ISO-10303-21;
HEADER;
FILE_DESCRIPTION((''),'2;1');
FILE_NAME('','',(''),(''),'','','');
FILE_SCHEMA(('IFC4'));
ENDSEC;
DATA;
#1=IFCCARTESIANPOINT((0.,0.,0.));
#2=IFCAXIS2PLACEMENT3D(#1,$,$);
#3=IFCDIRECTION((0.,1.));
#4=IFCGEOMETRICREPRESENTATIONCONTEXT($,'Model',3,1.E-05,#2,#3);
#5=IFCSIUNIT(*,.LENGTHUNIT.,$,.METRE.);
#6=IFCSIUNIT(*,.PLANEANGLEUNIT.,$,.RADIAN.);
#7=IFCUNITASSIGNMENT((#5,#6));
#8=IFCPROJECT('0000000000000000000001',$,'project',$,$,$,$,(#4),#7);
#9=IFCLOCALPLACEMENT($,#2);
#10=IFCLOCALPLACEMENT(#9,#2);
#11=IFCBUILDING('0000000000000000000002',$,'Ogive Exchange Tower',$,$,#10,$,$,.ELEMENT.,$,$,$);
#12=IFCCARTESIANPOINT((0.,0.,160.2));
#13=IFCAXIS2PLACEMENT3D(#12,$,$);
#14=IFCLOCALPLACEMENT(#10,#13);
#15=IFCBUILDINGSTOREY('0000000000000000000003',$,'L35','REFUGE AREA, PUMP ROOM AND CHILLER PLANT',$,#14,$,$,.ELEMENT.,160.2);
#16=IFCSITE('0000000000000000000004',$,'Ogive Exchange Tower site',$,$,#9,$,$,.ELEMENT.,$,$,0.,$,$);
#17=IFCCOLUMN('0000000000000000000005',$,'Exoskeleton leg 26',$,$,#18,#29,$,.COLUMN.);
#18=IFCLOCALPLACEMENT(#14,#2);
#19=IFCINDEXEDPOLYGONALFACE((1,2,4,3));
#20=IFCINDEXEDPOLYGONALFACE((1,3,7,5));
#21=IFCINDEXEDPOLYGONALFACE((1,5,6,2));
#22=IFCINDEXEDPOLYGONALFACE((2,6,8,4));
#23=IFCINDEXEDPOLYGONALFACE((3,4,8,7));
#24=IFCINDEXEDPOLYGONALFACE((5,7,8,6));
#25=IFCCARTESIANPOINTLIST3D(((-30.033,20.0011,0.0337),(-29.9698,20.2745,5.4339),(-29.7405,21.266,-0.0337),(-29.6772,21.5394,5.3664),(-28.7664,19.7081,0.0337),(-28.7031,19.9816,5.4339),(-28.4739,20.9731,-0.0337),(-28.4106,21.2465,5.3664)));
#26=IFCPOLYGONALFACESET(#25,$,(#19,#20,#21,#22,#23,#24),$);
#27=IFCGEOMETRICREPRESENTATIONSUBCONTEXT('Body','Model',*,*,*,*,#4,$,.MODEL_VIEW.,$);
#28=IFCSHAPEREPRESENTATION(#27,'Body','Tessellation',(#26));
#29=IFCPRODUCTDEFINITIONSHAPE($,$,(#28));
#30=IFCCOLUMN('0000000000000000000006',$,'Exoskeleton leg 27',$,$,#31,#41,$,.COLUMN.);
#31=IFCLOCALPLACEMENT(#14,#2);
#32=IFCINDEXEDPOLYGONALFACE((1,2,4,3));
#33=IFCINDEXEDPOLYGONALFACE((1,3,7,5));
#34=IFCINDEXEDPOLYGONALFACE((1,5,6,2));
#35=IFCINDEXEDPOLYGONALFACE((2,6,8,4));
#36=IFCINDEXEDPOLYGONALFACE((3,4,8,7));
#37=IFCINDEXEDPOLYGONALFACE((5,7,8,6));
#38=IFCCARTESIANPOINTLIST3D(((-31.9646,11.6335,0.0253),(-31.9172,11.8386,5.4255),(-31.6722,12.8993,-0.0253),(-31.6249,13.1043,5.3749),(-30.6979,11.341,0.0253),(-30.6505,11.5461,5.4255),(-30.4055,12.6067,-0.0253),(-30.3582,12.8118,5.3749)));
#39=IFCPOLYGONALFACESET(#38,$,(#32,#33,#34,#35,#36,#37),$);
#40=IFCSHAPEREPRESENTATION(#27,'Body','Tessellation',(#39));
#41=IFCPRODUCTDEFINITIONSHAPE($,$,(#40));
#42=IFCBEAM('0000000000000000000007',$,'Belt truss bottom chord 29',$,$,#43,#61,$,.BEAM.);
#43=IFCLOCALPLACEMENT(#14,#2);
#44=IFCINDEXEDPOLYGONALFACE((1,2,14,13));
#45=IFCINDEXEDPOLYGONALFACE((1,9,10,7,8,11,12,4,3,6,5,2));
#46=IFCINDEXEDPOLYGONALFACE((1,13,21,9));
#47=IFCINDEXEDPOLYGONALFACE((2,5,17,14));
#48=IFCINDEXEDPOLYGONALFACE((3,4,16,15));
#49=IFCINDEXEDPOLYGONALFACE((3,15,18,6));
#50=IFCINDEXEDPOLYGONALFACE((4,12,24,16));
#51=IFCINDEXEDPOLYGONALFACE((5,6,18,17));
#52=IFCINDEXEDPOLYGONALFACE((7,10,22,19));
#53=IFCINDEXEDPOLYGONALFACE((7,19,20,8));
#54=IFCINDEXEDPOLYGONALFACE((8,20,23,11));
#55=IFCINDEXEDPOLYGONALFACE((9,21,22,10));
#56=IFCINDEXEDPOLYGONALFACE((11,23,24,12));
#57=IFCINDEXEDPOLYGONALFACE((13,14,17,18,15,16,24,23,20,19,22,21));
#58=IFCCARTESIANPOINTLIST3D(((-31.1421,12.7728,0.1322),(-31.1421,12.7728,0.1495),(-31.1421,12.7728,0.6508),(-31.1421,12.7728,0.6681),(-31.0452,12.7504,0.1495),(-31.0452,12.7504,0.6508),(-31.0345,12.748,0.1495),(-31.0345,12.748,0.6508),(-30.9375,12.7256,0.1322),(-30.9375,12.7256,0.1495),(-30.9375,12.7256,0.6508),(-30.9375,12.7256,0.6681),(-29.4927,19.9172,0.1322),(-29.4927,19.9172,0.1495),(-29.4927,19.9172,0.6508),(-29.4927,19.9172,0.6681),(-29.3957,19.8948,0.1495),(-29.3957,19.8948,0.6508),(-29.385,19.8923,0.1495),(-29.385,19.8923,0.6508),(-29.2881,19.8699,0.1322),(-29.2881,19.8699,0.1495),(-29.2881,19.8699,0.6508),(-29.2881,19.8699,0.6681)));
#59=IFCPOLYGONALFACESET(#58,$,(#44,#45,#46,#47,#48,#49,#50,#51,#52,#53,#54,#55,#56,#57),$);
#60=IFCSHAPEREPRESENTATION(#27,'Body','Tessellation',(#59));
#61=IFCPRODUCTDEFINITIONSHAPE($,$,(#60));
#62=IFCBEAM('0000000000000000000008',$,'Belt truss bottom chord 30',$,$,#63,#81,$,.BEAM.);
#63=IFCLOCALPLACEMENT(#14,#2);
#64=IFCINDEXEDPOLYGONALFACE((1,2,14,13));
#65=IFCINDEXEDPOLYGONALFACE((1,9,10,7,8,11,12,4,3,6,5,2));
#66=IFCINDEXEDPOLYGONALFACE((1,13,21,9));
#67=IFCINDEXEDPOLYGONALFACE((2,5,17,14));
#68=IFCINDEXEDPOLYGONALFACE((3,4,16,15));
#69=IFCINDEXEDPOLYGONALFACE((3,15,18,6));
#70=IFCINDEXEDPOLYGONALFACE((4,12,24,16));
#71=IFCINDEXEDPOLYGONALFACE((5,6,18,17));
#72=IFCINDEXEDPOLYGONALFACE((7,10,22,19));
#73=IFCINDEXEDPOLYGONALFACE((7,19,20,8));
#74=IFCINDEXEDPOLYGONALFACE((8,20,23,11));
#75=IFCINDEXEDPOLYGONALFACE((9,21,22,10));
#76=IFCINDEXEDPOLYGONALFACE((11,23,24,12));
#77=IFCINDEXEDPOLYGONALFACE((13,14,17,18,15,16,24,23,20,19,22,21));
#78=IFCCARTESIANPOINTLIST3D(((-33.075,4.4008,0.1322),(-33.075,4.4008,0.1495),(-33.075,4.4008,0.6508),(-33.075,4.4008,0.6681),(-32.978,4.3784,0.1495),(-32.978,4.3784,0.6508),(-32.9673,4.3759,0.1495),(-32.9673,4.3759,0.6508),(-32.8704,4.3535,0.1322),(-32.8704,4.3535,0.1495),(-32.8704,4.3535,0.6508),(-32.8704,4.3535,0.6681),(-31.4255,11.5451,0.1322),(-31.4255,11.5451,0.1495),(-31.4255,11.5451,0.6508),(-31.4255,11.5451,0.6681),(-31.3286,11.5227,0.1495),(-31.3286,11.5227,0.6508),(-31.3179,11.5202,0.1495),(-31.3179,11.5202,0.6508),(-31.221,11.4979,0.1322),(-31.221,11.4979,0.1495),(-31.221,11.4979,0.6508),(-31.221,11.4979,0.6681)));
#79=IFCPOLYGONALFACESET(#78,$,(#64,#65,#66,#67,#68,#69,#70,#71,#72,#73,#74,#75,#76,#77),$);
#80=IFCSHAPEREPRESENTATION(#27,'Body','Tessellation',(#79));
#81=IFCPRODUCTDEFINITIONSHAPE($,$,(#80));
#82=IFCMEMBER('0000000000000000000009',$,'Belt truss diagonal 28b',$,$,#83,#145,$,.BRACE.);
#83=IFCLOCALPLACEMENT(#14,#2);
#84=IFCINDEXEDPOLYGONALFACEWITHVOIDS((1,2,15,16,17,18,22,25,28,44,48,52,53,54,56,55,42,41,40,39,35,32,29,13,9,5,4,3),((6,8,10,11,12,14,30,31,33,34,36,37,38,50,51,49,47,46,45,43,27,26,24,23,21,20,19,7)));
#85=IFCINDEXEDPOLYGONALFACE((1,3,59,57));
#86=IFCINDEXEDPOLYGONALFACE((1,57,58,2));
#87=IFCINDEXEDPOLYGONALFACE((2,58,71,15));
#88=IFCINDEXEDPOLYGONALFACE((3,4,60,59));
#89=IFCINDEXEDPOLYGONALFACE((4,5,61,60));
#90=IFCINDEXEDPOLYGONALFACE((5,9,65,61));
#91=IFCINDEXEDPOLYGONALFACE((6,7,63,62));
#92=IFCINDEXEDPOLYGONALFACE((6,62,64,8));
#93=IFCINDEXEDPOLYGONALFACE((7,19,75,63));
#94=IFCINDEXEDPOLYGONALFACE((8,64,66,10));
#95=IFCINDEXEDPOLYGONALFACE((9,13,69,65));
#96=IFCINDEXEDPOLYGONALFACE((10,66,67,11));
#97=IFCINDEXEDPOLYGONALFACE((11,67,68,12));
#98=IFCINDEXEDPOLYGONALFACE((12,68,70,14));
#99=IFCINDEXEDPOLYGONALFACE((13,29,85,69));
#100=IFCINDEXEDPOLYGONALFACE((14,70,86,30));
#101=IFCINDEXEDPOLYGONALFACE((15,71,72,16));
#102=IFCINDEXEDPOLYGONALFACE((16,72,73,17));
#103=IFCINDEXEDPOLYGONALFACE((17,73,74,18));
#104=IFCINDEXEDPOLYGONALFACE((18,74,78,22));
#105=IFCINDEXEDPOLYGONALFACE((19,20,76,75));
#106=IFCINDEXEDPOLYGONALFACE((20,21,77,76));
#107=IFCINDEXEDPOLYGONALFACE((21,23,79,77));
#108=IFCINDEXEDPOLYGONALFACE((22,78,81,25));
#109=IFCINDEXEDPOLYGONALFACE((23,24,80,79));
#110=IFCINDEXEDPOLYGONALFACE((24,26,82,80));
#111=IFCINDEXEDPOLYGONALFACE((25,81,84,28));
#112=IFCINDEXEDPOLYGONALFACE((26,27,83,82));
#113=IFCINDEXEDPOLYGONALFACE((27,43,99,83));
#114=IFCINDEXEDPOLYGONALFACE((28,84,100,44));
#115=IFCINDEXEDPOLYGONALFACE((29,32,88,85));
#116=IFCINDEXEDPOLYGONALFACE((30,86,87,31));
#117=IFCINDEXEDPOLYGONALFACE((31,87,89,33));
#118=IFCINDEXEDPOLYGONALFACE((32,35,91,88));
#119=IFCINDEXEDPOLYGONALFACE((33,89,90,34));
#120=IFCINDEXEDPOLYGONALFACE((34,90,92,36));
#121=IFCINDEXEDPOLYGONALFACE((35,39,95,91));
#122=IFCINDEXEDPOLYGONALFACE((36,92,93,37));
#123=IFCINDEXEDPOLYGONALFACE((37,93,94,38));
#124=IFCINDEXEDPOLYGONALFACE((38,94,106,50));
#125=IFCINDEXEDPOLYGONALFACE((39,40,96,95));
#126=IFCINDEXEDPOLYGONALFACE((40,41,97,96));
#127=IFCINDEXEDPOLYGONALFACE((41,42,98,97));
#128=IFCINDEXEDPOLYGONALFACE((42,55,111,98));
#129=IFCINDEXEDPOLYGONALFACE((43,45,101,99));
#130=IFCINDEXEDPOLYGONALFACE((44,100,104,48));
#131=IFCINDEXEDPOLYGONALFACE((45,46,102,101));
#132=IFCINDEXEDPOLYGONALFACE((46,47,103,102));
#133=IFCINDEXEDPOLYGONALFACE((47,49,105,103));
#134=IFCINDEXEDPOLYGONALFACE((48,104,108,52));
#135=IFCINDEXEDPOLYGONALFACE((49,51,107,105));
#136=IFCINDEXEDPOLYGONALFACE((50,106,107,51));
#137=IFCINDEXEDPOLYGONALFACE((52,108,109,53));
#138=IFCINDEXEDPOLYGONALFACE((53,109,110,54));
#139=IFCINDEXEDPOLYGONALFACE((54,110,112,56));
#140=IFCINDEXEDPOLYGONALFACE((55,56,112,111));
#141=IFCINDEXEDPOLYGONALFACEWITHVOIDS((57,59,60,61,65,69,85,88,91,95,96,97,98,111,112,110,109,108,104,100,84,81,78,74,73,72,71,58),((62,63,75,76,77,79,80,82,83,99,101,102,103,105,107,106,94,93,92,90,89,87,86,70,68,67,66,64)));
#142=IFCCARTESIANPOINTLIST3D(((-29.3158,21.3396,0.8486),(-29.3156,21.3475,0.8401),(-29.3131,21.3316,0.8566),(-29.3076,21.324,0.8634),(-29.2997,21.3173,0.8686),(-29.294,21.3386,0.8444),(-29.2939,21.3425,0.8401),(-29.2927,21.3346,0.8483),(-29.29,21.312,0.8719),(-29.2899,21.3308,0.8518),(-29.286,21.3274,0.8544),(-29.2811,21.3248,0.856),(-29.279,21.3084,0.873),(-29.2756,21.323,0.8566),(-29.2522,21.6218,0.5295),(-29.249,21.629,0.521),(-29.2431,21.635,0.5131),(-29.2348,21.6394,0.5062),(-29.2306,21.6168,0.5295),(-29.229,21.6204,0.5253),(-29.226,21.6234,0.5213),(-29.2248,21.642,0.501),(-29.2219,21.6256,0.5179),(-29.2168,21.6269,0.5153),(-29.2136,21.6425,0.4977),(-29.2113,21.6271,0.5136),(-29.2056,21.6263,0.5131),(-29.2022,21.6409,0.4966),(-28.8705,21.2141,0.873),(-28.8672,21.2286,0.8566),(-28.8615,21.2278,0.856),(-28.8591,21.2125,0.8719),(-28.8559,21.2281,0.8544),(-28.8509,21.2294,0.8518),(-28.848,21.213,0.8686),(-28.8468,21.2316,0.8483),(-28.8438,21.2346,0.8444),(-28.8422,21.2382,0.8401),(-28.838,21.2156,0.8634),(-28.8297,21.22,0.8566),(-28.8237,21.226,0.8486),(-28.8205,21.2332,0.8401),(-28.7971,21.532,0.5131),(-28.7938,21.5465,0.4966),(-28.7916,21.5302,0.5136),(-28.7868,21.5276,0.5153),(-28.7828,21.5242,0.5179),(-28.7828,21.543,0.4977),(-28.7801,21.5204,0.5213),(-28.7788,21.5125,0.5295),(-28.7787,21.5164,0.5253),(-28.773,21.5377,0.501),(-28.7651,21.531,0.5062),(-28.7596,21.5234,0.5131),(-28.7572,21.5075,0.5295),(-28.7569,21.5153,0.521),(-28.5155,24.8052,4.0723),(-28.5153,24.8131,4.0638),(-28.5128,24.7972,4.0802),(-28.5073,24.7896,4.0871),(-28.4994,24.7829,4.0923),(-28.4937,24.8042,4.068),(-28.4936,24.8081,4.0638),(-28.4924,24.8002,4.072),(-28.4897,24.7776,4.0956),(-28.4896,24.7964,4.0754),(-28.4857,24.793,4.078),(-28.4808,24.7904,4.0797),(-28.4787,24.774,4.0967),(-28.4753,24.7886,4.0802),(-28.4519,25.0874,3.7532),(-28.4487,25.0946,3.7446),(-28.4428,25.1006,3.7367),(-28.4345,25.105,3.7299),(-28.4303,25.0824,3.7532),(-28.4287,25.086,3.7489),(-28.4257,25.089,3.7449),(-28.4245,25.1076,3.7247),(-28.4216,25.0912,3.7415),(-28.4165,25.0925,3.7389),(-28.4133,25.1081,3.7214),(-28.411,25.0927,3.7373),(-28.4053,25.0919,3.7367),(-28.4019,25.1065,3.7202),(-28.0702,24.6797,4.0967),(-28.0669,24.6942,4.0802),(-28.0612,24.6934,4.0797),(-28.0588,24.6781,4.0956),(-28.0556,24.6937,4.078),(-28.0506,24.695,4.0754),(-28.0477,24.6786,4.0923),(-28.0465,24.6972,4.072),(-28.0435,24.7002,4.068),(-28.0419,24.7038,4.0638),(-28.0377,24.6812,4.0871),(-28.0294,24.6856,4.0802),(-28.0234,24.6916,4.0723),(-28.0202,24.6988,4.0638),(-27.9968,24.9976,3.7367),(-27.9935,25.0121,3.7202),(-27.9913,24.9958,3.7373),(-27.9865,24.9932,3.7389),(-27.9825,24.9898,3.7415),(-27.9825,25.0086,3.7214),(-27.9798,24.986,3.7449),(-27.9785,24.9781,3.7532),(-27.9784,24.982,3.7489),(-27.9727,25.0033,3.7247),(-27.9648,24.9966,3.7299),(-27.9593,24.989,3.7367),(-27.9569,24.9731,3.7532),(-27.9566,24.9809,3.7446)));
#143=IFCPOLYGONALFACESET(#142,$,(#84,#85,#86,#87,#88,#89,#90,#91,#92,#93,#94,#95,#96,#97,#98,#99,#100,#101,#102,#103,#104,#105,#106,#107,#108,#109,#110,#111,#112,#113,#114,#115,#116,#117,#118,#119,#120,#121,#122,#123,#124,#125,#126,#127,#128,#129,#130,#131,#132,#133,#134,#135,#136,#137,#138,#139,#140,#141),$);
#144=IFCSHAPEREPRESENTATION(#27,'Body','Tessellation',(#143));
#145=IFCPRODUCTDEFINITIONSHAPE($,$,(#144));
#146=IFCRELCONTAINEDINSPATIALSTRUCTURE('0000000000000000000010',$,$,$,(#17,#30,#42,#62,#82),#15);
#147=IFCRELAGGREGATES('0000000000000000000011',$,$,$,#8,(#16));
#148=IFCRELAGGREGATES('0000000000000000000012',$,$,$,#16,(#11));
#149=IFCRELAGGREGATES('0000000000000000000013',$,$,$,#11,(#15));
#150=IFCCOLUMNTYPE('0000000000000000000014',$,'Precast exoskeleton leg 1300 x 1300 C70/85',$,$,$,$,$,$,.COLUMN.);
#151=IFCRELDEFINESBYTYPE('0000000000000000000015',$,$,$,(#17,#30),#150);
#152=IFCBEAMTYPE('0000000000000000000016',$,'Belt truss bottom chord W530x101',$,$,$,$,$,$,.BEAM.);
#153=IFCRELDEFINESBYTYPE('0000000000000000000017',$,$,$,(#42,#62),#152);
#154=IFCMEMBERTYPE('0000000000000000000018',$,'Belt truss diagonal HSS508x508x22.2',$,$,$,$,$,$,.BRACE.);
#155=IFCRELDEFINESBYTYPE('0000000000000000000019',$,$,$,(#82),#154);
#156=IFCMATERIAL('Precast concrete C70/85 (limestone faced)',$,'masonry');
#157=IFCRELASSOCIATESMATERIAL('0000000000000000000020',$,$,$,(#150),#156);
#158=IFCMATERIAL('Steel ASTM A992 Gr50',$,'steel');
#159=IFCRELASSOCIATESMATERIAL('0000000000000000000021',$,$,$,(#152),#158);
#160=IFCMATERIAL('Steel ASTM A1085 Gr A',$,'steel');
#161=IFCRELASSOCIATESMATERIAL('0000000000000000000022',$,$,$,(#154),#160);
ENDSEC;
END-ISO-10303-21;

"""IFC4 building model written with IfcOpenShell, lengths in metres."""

from ifc_helpers import new_model, si_unit, direction, frame, origin, origin_2d, place, context, subcontext, project, spatial, rectangle, hollow_rectangle, i_section, extrude, material, material_profile, profile_set, type_object, element, save


model = new_model("IFC4")

# Units and contexts
model_context = context("Model", 3, precision=1e-05, world=origin(), true_north=direction((0.0, 1.0)))
body_context = subcontext(model_context, "Body", "Model", "MODEL_VIEW")
ifc_project = project(units=[si_unit("LENGTHUNIT", "METRE"), si_unit("PLANEANGLEUNIT", "RADIAN")], contexts=[model_context])

# Site, building, storey
site_placement = place(None, origin())
site = spatial("IfcSite", under=ifc_project, at=site_placement, Name="Ogive Exchange Tower site", CompositionType="ELEMENT", RefElevation=0.0)
building_placement = place(site_placement, origin())
building = spatial("IfcBuilding", under=site, at=building_placement, Name="Ogive Exchange Tower", CompositionType="ELEMENT")
storey_placement = place(building_placement, frame((0.0, 0.0, 160.2)))
storey = spatial("IfcBuildingStorey", under=building, at=storey_placement, Name="L35", Description="REFUGE AREA, PUMP ROOM AND CHILLER PLANT", CompositionType="ELEMENT", Elevation=160.2)

# Columns
ifc_material_1 = material(Name="Precast concrete C70/85 (limestone faced)", Category="masonry")
ifc_material_profile_1 = material_profile(ifc_material_1, rectangle(XDim=1.3, YDim=1.3, at=origin_2d()), Name="1300 x 1300")
ifc_profile_set_1 = profile_set([ifc_material_profile_1], Name="Precast concrete C70/85 (limestone faced)")
column_type = type_object("IfcColumnType", Name="Precast exoskeleton leg 1300 x 1300 C70/85", PredefinedType="COLUMN", material=ifc_profile_set_1)
column_1_placement = place(storey_placement, frame((-29.2534, 20.4871, 0.0), z_axis=(0.011694, 0.050567, 0.998652), x_axis=(-0.974288, 0.225304, 0.0)))
element("IfcColumn", 1, at=column_1_placement, inside=storey, type_object=column_type, Name="Exoskeleton leg 26", PredefinedType="COLUMN", context=body_context, shape_type="SweptSolid", body=[
    extrude(rectangle(XDim=1.3, YDim=1.3, at=origin_2d()), origin(), (0.0, 0.0, 1.0), 5.4075),
])
column_2_placement = place(storey_placement, frame((-31.1851, 12.1201, 0.0), z_axis=(0.008764, 0.037948, 0.999241), x_axis=(-0.974352, 0.225029, 0.0)))
element("IfcColumn", 2, at=column_2_placement, inside=storey, type_object=column_type, Name="Exoskeleton leg 27", PredefinedType="COLUMN", context=body_context, shape_type="SweptSolid", body=[
    extrude(rectangle(XDim=1.3, YDim=1.3, at=origin_2d()), origin(), (0.0, 0.0, 1.0), 5.4043),
])

# Beams
ifc_material_2 = material(Name="Steel ASTM A992 Gr50", Category="steel")
ifc_material_profile_2 = material_profile(ifc_material_2, i_section(OverallWidth=0.21, OverallDepth=0.5359, WebThickness=0.011, FlangeThickness=0.0173, at=origin_2d()), Name="W530x101")
ifc_profile_set_2 = profile_set([ifc_material_profile_2], Name="Steel ASTM A992 Gr50")
beam_type_1 = type_object("IfcBeamType", Name="Belt truss bottom chord W530x101", PredefinedType="BEAM", material=ifc_profile_set_2)
for number, where, z_axis, x_axis, name in (
    (3, (-29.3904, 19.8936, 0.4001), (-0.224954, -0.974369, 0.0), (0.974369, -0.224954, 0.0), "Belt truss bottom chord 29"),
    (4, (-31.3232, 11.5215, 0.4001), (-0.224954, -0.974369, 0.0), (0.974369, -0.224954, 0.0), "Belt truss bottom chord 30"),
):
    element("IfcBeam", number, at=place(storey_placement, frame(where, z_axis=z_axis, x_axis=x_axis)), inside=storey, type_object=beam_type_1, Name=name, PredefinedType="BEAM", context=body_context, shape_type="SweptSolid", body=[
        extrude(i_section(OverallWidth=0.21, OverallDepth=0.5359, WebThickness=0.011, FlangeThickness=0.0173, at=origin_2d()), origin(), (0.0, 0.0, 1.0), 7.3323),
    ])

# Member
ifc_material_3 = material(Name="Steel ASTM A1085 Gr A", Category="steel")
ifc_material_profile_3 = material_profile(ifc_material_3, hollow_rectangle(XDim=0.5081, YDim=0.5081, WallThickness=0.0222, InnerFilletRadius=0.0222, OuterFilletRadius=0.0444, at=origin_2d()), Name="HSS508x508x22.2")
ifc_profile_set_3 = profile_set([ifc_material_profile_3], Name="Steel ASTM A1085 Gr A")
member_type_1 = type_object("IfcMemberType", Name="Belt truss diagonal HSS508x508x22.2", PredefinedType="BRACE", material=ifc_profile_set_3)
member_1_placement = place(storey_placement, frame((-29.0364, 21.4275, 0.6848), z_axis=(0.166719, 0.721956, 0.671554), x_axis=(-0.974358, 0.225005, 0.0)))
element("IfcMember", 5, at=member_1_placement, inside=storey, type_object=member_type_1, Name="Belt truss diagonal 28b", PredefinedType="BRACE", context=body_context, shape_type="SweptSolid", body=[
    extrude(hollow_rectangle(XDim=0.5081, YDim=0.5081, WallThickness=0.0222, InnerFilletRadius=0.0222, OuterFilletRadius=0.0444, at=origin_2d()), origin(), (0.0, 0.0, 1.0), 4.8003),
])

save(model, "model.ifc")
